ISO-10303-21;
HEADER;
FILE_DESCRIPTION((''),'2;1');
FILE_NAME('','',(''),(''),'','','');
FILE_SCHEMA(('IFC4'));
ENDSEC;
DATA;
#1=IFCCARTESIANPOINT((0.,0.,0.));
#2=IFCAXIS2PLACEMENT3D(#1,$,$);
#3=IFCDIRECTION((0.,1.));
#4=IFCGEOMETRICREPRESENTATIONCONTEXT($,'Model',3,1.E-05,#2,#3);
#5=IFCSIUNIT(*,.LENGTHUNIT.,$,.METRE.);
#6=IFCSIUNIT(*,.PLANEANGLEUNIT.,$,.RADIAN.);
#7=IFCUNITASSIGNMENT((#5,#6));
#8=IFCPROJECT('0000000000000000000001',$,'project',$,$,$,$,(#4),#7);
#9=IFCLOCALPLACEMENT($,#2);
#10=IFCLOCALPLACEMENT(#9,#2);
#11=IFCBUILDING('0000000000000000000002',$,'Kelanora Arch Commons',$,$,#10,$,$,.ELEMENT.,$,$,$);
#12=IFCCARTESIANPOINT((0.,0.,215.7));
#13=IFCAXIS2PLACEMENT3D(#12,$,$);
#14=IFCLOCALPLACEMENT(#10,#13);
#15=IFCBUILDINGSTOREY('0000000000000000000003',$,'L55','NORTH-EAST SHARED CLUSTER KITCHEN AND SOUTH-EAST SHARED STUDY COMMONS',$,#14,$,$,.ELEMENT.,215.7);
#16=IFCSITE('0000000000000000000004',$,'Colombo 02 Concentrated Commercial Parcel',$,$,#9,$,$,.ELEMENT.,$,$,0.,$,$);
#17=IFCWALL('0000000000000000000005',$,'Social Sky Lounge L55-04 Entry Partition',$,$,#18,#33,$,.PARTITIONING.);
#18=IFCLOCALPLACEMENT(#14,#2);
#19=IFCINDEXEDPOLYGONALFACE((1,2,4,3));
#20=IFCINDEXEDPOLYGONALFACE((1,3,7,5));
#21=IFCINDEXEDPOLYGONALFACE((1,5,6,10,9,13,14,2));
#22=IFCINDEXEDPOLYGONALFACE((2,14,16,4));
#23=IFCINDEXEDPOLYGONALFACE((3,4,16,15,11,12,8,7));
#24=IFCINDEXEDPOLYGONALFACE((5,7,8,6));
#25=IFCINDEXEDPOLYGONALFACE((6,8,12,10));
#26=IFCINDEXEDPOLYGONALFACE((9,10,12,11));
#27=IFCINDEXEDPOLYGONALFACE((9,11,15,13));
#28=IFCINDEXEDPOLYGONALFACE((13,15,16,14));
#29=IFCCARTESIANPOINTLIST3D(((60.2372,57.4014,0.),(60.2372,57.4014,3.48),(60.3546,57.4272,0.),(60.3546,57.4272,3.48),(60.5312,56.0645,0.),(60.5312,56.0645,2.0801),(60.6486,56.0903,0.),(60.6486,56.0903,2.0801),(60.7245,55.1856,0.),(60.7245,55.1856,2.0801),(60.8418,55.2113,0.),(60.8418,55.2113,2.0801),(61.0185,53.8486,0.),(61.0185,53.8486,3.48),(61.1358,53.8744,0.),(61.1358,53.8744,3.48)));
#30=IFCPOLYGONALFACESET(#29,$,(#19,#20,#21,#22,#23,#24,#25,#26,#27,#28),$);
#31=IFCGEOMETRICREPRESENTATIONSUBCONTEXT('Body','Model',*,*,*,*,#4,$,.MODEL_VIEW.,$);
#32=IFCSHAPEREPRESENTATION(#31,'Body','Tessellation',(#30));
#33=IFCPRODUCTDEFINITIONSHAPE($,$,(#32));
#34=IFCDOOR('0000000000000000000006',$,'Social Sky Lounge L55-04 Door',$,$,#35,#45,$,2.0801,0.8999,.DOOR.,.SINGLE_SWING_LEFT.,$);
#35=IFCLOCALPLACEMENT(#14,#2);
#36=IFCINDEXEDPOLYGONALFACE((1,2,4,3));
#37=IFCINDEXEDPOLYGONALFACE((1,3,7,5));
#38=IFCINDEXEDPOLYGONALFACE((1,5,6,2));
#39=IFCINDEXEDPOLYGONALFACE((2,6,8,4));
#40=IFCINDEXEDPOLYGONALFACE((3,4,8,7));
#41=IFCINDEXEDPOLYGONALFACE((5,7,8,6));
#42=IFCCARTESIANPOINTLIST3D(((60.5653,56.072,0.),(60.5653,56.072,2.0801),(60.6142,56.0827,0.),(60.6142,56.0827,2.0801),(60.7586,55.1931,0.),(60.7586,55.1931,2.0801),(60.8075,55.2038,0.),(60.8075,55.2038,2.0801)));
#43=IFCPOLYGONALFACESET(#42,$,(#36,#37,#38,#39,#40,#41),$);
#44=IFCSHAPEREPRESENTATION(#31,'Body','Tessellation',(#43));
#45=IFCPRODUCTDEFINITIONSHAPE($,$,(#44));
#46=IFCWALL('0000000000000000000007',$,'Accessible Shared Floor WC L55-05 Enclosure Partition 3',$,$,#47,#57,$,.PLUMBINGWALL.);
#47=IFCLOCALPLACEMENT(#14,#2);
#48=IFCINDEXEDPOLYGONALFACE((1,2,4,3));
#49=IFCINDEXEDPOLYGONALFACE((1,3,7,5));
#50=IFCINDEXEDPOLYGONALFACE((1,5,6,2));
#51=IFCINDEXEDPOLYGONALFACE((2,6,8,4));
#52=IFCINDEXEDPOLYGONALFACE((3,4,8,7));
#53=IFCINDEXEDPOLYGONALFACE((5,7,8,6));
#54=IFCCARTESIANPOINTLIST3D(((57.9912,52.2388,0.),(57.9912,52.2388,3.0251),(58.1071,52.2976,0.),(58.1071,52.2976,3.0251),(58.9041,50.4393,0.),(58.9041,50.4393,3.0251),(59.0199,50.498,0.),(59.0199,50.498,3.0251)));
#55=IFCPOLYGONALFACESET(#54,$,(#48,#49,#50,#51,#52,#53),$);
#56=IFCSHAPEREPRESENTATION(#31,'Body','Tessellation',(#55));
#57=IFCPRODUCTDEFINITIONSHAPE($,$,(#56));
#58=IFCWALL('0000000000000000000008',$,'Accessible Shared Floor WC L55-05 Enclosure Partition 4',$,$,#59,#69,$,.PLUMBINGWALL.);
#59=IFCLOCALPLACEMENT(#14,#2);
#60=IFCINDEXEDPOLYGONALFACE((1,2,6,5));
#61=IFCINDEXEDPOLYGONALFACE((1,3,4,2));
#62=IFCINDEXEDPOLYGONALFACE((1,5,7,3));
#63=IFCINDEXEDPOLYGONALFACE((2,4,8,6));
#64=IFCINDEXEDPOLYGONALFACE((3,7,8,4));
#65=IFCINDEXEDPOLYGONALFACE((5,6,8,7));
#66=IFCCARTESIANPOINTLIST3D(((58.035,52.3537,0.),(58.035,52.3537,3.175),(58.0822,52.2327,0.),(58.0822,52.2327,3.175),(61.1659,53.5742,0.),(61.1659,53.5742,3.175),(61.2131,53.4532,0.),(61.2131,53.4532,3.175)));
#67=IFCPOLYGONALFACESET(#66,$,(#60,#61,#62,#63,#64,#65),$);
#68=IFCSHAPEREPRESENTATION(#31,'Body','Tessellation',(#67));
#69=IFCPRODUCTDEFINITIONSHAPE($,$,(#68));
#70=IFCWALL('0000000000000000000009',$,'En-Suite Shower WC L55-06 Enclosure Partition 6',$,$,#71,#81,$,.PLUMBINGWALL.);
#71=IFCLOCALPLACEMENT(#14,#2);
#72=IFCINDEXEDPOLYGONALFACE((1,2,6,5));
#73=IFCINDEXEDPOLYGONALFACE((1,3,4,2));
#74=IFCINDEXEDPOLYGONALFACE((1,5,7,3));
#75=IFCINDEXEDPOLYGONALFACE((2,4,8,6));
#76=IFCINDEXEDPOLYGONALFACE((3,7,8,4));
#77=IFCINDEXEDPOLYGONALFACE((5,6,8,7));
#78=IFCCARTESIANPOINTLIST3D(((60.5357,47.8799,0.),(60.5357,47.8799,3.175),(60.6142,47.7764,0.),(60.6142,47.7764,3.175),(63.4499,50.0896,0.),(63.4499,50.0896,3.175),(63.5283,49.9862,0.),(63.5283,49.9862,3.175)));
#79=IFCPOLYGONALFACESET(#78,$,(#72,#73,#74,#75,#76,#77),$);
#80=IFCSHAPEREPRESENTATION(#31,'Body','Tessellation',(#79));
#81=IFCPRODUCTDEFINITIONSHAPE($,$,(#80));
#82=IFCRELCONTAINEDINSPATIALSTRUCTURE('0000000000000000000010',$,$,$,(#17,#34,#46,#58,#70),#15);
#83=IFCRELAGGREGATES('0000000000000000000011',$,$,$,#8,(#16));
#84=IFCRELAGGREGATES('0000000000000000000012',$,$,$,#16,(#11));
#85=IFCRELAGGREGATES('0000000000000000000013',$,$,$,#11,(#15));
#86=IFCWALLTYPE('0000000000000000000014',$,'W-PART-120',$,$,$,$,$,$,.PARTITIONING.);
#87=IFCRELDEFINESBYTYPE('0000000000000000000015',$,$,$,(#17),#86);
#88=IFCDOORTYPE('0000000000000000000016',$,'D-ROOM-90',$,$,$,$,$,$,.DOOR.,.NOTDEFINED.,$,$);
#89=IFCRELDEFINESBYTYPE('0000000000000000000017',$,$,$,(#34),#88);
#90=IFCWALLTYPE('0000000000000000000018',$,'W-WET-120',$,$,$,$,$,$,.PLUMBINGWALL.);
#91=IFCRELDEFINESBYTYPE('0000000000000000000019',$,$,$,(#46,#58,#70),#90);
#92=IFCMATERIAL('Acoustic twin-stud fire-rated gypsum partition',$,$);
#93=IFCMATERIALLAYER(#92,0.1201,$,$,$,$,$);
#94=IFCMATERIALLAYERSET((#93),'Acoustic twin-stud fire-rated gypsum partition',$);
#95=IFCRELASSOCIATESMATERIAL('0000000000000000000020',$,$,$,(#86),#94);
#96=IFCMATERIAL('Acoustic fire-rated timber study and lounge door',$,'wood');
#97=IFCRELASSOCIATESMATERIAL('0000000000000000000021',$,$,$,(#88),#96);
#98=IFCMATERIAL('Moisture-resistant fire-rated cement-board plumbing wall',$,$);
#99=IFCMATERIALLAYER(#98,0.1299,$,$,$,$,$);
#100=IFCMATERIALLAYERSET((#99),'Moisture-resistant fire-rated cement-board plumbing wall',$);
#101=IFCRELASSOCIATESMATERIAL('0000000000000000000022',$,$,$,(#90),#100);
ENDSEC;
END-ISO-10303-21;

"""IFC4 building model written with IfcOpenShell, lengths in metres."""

from ifc_helpers import new_model, si_unit, direction, frame, frame_2d, origin, place, context, subcontext, project, spatial, rectangle, extrude, material, layer, layer_set, type_object, element, fill, save


model = new_model("IFC4")

# Units and contexts
model_context = context("Model", 3, precision=1e-05, world=origin(), true_north=direction((0.0, 1.0)))
body_context = subcontext(model_context, "Body", "Model", "MODEL_VIEW")
ifc_project = project(units=[si_unit("LENGTHUNIT", "METRE"), si_unit("PLANEANGLEUNIT", "RADIAN")], contexts=[model_context])

# Site, building, storey
site_placement = place(None, origin())
site = spatial("IfcSite", under=ifc_project, at=site_placement, Name="Colombo 02 Concentrated Commercial Parcel", CompositionType="ELEMENT", RefElevation=0.0)
building_placement = place(site_placement, origin())
building = spatial("IfcBuilding", under=site, at=building_placement, Name="Kelanora Arch Commons", CompositionType="ELEMENT")
storey_placement = place(building_placement, frame((0.0, 0.0, 215.7)))
storey = spatial("IfcBuildingStorey", under=building, at=storey_placement, Name="L55", Description="NORTH-EAST SHARED CLUSTER KITCHEN AND SOUTH-EAST SHARED STUDY COMMONS", CompositionType="ELEMENT", Elevation=215.7)

# Wall, opening, door
ifc_material_1 = material(Name="Acoustic twin-stud fire-rated gypsum partition")
ifc_layer_1 = layer(ifc_material_1, 0.1201)
ifc_layer_set_1 = layer_set([ifc_layer_1], Name="Acoustic twin-stud fire-rated gypsum partition")
wall_type_1 = type_object("IfcWallType", Name="W-PART-120", PredefinedType="PARTITIONING", material=ifc_layer_set_1)
wall_1_placement = place(storey_placement, frame((60.2959, 57.4143, 0.0), z_axis=(0.0, 0.0, 1.0), x_axis=(0.21477, -0.976665, 0.0)))
wall_1 = element("IfcWall", 1, at=wall_1_placement, inside=storey, type_object=wall_type_1, Name="Social Sky Lounge L55-04 Entry Partition", PredefinedType="PARTITIONING", context=body_context, shape_type="SweptSolid", body=[
    extrude(rectangle(XDim=3.6377, YDim=0.1201, at=frame_2d((1.8188, 0.0))), origin(), (0.0, 0.0, 1.0), 3.48),
])
opening_1_placement = place(wall_1_placement, frame((1.3689, 0.0, 0.0)))
opening_1 = element("IfcOpeningElement", 2, at=opening_1_placement, cuts=wall_1, PredefinedType="OPENING", context=body_context, shape_type="SweptSolid", body=[
    extrude(rectangle(XDim=0.8999, YDim=2.0801, at=frame_2d((0.45, 1.04))), frame((0.0, 0.0701, 0.0), z_axis=(0.0, -1.0, 0.0), x_axis=(1.0, 0.0, 0.0)), (0.0, 0.0, 1.0), 0.1401),
])
ifc_material_2 = material(Name="Acoustic fire-rated timber study and lounge door", Category="wood")
door_type = type_object("IfcDoorType", Name="D-ROOM-90", OperationType="NOTDEFINED", PredefinedType="DOOR", material=ifc_material_2)
door_placement = place(opening_1_placement, origin())
door = element("IfcDoor", 3, at=door_placement, inside=storey, type_object=door_type, Name="Social Sky Lounge L55-04 Door", OperationType="SINGLE_SWING_LEFT", OverallHeight=2.0801, OverallWidth=0.8999, PredefinedType="DOOR", context=body_context, shape_type="SweptSolid", body=[
    extrude(rectangle(XDim=0.8999, YDim=2.0801, at=frame_2d((0.45, 1.04))), frame((0.0, 0.0249, 0.0), z_axis=(0.0, -1.0, 0.0), x_axis=(1.0, 0.0, 0.0)), (0.0, 0.0, 1.0), 0.05),
])
fill(opening_1, door)

# Walls
ifc_material_3 = material(Name="Moisture-resistant fire-rated cement-board plumbing wall")
ifc_layer_2 = layer(ifc_material_3, 0.1299)
ifc_layer_set_2 = layer_set([ifc_layer_2], Name="Moisture-resistant fire-rated cement-board plumbing wall")
wall_type_2 = type_object("IfcWallType", Name="W-WET-120", PredefinedType="PLUMBINGWALL", material=ifc_layer_set_2)
wall_2_placement = place(storey_placement, frame((58.9619, 50.4688, 0.0), z_axis=(0.0, 0.0, 1.0), x_axis=(-0.452385, 0.891823, 0.0)))
element("IfcWall", 4, at=wall_2_placement, inside=storey, type_object=wall_type_2, Name="Accessible Shared Floor WC L55-05 Enclosure Partition 3", PredefinedType="PLUMBINGWALL", context=body_context, shape_type="SweptSolid", body=[
    extrude(rectangle(XDim=2.0178, YDim=0.1299, at=frame_2d((1.0088, 0.0))), origin(), (0.0, 0.0, 1.0), 3.0251),
])
wall_3_placement = place(storey_placement, frame((58.0586, 52.2932, 0.0), z_axis=(0.0, 0.0, 1.0), x_axis=(0.931713, 0.363196, 0.0)))
element("IfcWall", 5, at=wall_3_placement, inside=storey, type_object=wall_type_2, Name="Accessible Shared Floor WC L55-05 Enclosure Partition 4", PredefinedType="PLUMBINGWALL", context=body_context, shape_type="SweptSolid", body=[
    extrude(rectangle(XDim=3.3604, YDim=0.1299, at=frame_2d((1.6802, 0.0))), origin(), (0.0, 0.0, 1.0), 3.175),
])
wall_4_placement = place(storey_placement, frame((60.575, 47.8281, 0.0), z_axis=(0.0, 0.0, 1.0), x_axis=(0.796817, 0.604221, 0.0)))
element("IfcWall", 6, at=wall_4_placement, inside=storey, type_object=wall_type_2, Name="En-Suite Shower WC L55-06 Enclosure Partition 6", PredefinedType="PLUMBINGWALL", context=body_context, shape_type="SweptSolid", body=[
    extrude(rectangle(XDim=3.6572, YDim=0.1299, at=frame_2d((1.8286, 0.0))), origin(), (0.0, 0.0, 1.0), 3.175),
])

save(model, "model.ifc")
